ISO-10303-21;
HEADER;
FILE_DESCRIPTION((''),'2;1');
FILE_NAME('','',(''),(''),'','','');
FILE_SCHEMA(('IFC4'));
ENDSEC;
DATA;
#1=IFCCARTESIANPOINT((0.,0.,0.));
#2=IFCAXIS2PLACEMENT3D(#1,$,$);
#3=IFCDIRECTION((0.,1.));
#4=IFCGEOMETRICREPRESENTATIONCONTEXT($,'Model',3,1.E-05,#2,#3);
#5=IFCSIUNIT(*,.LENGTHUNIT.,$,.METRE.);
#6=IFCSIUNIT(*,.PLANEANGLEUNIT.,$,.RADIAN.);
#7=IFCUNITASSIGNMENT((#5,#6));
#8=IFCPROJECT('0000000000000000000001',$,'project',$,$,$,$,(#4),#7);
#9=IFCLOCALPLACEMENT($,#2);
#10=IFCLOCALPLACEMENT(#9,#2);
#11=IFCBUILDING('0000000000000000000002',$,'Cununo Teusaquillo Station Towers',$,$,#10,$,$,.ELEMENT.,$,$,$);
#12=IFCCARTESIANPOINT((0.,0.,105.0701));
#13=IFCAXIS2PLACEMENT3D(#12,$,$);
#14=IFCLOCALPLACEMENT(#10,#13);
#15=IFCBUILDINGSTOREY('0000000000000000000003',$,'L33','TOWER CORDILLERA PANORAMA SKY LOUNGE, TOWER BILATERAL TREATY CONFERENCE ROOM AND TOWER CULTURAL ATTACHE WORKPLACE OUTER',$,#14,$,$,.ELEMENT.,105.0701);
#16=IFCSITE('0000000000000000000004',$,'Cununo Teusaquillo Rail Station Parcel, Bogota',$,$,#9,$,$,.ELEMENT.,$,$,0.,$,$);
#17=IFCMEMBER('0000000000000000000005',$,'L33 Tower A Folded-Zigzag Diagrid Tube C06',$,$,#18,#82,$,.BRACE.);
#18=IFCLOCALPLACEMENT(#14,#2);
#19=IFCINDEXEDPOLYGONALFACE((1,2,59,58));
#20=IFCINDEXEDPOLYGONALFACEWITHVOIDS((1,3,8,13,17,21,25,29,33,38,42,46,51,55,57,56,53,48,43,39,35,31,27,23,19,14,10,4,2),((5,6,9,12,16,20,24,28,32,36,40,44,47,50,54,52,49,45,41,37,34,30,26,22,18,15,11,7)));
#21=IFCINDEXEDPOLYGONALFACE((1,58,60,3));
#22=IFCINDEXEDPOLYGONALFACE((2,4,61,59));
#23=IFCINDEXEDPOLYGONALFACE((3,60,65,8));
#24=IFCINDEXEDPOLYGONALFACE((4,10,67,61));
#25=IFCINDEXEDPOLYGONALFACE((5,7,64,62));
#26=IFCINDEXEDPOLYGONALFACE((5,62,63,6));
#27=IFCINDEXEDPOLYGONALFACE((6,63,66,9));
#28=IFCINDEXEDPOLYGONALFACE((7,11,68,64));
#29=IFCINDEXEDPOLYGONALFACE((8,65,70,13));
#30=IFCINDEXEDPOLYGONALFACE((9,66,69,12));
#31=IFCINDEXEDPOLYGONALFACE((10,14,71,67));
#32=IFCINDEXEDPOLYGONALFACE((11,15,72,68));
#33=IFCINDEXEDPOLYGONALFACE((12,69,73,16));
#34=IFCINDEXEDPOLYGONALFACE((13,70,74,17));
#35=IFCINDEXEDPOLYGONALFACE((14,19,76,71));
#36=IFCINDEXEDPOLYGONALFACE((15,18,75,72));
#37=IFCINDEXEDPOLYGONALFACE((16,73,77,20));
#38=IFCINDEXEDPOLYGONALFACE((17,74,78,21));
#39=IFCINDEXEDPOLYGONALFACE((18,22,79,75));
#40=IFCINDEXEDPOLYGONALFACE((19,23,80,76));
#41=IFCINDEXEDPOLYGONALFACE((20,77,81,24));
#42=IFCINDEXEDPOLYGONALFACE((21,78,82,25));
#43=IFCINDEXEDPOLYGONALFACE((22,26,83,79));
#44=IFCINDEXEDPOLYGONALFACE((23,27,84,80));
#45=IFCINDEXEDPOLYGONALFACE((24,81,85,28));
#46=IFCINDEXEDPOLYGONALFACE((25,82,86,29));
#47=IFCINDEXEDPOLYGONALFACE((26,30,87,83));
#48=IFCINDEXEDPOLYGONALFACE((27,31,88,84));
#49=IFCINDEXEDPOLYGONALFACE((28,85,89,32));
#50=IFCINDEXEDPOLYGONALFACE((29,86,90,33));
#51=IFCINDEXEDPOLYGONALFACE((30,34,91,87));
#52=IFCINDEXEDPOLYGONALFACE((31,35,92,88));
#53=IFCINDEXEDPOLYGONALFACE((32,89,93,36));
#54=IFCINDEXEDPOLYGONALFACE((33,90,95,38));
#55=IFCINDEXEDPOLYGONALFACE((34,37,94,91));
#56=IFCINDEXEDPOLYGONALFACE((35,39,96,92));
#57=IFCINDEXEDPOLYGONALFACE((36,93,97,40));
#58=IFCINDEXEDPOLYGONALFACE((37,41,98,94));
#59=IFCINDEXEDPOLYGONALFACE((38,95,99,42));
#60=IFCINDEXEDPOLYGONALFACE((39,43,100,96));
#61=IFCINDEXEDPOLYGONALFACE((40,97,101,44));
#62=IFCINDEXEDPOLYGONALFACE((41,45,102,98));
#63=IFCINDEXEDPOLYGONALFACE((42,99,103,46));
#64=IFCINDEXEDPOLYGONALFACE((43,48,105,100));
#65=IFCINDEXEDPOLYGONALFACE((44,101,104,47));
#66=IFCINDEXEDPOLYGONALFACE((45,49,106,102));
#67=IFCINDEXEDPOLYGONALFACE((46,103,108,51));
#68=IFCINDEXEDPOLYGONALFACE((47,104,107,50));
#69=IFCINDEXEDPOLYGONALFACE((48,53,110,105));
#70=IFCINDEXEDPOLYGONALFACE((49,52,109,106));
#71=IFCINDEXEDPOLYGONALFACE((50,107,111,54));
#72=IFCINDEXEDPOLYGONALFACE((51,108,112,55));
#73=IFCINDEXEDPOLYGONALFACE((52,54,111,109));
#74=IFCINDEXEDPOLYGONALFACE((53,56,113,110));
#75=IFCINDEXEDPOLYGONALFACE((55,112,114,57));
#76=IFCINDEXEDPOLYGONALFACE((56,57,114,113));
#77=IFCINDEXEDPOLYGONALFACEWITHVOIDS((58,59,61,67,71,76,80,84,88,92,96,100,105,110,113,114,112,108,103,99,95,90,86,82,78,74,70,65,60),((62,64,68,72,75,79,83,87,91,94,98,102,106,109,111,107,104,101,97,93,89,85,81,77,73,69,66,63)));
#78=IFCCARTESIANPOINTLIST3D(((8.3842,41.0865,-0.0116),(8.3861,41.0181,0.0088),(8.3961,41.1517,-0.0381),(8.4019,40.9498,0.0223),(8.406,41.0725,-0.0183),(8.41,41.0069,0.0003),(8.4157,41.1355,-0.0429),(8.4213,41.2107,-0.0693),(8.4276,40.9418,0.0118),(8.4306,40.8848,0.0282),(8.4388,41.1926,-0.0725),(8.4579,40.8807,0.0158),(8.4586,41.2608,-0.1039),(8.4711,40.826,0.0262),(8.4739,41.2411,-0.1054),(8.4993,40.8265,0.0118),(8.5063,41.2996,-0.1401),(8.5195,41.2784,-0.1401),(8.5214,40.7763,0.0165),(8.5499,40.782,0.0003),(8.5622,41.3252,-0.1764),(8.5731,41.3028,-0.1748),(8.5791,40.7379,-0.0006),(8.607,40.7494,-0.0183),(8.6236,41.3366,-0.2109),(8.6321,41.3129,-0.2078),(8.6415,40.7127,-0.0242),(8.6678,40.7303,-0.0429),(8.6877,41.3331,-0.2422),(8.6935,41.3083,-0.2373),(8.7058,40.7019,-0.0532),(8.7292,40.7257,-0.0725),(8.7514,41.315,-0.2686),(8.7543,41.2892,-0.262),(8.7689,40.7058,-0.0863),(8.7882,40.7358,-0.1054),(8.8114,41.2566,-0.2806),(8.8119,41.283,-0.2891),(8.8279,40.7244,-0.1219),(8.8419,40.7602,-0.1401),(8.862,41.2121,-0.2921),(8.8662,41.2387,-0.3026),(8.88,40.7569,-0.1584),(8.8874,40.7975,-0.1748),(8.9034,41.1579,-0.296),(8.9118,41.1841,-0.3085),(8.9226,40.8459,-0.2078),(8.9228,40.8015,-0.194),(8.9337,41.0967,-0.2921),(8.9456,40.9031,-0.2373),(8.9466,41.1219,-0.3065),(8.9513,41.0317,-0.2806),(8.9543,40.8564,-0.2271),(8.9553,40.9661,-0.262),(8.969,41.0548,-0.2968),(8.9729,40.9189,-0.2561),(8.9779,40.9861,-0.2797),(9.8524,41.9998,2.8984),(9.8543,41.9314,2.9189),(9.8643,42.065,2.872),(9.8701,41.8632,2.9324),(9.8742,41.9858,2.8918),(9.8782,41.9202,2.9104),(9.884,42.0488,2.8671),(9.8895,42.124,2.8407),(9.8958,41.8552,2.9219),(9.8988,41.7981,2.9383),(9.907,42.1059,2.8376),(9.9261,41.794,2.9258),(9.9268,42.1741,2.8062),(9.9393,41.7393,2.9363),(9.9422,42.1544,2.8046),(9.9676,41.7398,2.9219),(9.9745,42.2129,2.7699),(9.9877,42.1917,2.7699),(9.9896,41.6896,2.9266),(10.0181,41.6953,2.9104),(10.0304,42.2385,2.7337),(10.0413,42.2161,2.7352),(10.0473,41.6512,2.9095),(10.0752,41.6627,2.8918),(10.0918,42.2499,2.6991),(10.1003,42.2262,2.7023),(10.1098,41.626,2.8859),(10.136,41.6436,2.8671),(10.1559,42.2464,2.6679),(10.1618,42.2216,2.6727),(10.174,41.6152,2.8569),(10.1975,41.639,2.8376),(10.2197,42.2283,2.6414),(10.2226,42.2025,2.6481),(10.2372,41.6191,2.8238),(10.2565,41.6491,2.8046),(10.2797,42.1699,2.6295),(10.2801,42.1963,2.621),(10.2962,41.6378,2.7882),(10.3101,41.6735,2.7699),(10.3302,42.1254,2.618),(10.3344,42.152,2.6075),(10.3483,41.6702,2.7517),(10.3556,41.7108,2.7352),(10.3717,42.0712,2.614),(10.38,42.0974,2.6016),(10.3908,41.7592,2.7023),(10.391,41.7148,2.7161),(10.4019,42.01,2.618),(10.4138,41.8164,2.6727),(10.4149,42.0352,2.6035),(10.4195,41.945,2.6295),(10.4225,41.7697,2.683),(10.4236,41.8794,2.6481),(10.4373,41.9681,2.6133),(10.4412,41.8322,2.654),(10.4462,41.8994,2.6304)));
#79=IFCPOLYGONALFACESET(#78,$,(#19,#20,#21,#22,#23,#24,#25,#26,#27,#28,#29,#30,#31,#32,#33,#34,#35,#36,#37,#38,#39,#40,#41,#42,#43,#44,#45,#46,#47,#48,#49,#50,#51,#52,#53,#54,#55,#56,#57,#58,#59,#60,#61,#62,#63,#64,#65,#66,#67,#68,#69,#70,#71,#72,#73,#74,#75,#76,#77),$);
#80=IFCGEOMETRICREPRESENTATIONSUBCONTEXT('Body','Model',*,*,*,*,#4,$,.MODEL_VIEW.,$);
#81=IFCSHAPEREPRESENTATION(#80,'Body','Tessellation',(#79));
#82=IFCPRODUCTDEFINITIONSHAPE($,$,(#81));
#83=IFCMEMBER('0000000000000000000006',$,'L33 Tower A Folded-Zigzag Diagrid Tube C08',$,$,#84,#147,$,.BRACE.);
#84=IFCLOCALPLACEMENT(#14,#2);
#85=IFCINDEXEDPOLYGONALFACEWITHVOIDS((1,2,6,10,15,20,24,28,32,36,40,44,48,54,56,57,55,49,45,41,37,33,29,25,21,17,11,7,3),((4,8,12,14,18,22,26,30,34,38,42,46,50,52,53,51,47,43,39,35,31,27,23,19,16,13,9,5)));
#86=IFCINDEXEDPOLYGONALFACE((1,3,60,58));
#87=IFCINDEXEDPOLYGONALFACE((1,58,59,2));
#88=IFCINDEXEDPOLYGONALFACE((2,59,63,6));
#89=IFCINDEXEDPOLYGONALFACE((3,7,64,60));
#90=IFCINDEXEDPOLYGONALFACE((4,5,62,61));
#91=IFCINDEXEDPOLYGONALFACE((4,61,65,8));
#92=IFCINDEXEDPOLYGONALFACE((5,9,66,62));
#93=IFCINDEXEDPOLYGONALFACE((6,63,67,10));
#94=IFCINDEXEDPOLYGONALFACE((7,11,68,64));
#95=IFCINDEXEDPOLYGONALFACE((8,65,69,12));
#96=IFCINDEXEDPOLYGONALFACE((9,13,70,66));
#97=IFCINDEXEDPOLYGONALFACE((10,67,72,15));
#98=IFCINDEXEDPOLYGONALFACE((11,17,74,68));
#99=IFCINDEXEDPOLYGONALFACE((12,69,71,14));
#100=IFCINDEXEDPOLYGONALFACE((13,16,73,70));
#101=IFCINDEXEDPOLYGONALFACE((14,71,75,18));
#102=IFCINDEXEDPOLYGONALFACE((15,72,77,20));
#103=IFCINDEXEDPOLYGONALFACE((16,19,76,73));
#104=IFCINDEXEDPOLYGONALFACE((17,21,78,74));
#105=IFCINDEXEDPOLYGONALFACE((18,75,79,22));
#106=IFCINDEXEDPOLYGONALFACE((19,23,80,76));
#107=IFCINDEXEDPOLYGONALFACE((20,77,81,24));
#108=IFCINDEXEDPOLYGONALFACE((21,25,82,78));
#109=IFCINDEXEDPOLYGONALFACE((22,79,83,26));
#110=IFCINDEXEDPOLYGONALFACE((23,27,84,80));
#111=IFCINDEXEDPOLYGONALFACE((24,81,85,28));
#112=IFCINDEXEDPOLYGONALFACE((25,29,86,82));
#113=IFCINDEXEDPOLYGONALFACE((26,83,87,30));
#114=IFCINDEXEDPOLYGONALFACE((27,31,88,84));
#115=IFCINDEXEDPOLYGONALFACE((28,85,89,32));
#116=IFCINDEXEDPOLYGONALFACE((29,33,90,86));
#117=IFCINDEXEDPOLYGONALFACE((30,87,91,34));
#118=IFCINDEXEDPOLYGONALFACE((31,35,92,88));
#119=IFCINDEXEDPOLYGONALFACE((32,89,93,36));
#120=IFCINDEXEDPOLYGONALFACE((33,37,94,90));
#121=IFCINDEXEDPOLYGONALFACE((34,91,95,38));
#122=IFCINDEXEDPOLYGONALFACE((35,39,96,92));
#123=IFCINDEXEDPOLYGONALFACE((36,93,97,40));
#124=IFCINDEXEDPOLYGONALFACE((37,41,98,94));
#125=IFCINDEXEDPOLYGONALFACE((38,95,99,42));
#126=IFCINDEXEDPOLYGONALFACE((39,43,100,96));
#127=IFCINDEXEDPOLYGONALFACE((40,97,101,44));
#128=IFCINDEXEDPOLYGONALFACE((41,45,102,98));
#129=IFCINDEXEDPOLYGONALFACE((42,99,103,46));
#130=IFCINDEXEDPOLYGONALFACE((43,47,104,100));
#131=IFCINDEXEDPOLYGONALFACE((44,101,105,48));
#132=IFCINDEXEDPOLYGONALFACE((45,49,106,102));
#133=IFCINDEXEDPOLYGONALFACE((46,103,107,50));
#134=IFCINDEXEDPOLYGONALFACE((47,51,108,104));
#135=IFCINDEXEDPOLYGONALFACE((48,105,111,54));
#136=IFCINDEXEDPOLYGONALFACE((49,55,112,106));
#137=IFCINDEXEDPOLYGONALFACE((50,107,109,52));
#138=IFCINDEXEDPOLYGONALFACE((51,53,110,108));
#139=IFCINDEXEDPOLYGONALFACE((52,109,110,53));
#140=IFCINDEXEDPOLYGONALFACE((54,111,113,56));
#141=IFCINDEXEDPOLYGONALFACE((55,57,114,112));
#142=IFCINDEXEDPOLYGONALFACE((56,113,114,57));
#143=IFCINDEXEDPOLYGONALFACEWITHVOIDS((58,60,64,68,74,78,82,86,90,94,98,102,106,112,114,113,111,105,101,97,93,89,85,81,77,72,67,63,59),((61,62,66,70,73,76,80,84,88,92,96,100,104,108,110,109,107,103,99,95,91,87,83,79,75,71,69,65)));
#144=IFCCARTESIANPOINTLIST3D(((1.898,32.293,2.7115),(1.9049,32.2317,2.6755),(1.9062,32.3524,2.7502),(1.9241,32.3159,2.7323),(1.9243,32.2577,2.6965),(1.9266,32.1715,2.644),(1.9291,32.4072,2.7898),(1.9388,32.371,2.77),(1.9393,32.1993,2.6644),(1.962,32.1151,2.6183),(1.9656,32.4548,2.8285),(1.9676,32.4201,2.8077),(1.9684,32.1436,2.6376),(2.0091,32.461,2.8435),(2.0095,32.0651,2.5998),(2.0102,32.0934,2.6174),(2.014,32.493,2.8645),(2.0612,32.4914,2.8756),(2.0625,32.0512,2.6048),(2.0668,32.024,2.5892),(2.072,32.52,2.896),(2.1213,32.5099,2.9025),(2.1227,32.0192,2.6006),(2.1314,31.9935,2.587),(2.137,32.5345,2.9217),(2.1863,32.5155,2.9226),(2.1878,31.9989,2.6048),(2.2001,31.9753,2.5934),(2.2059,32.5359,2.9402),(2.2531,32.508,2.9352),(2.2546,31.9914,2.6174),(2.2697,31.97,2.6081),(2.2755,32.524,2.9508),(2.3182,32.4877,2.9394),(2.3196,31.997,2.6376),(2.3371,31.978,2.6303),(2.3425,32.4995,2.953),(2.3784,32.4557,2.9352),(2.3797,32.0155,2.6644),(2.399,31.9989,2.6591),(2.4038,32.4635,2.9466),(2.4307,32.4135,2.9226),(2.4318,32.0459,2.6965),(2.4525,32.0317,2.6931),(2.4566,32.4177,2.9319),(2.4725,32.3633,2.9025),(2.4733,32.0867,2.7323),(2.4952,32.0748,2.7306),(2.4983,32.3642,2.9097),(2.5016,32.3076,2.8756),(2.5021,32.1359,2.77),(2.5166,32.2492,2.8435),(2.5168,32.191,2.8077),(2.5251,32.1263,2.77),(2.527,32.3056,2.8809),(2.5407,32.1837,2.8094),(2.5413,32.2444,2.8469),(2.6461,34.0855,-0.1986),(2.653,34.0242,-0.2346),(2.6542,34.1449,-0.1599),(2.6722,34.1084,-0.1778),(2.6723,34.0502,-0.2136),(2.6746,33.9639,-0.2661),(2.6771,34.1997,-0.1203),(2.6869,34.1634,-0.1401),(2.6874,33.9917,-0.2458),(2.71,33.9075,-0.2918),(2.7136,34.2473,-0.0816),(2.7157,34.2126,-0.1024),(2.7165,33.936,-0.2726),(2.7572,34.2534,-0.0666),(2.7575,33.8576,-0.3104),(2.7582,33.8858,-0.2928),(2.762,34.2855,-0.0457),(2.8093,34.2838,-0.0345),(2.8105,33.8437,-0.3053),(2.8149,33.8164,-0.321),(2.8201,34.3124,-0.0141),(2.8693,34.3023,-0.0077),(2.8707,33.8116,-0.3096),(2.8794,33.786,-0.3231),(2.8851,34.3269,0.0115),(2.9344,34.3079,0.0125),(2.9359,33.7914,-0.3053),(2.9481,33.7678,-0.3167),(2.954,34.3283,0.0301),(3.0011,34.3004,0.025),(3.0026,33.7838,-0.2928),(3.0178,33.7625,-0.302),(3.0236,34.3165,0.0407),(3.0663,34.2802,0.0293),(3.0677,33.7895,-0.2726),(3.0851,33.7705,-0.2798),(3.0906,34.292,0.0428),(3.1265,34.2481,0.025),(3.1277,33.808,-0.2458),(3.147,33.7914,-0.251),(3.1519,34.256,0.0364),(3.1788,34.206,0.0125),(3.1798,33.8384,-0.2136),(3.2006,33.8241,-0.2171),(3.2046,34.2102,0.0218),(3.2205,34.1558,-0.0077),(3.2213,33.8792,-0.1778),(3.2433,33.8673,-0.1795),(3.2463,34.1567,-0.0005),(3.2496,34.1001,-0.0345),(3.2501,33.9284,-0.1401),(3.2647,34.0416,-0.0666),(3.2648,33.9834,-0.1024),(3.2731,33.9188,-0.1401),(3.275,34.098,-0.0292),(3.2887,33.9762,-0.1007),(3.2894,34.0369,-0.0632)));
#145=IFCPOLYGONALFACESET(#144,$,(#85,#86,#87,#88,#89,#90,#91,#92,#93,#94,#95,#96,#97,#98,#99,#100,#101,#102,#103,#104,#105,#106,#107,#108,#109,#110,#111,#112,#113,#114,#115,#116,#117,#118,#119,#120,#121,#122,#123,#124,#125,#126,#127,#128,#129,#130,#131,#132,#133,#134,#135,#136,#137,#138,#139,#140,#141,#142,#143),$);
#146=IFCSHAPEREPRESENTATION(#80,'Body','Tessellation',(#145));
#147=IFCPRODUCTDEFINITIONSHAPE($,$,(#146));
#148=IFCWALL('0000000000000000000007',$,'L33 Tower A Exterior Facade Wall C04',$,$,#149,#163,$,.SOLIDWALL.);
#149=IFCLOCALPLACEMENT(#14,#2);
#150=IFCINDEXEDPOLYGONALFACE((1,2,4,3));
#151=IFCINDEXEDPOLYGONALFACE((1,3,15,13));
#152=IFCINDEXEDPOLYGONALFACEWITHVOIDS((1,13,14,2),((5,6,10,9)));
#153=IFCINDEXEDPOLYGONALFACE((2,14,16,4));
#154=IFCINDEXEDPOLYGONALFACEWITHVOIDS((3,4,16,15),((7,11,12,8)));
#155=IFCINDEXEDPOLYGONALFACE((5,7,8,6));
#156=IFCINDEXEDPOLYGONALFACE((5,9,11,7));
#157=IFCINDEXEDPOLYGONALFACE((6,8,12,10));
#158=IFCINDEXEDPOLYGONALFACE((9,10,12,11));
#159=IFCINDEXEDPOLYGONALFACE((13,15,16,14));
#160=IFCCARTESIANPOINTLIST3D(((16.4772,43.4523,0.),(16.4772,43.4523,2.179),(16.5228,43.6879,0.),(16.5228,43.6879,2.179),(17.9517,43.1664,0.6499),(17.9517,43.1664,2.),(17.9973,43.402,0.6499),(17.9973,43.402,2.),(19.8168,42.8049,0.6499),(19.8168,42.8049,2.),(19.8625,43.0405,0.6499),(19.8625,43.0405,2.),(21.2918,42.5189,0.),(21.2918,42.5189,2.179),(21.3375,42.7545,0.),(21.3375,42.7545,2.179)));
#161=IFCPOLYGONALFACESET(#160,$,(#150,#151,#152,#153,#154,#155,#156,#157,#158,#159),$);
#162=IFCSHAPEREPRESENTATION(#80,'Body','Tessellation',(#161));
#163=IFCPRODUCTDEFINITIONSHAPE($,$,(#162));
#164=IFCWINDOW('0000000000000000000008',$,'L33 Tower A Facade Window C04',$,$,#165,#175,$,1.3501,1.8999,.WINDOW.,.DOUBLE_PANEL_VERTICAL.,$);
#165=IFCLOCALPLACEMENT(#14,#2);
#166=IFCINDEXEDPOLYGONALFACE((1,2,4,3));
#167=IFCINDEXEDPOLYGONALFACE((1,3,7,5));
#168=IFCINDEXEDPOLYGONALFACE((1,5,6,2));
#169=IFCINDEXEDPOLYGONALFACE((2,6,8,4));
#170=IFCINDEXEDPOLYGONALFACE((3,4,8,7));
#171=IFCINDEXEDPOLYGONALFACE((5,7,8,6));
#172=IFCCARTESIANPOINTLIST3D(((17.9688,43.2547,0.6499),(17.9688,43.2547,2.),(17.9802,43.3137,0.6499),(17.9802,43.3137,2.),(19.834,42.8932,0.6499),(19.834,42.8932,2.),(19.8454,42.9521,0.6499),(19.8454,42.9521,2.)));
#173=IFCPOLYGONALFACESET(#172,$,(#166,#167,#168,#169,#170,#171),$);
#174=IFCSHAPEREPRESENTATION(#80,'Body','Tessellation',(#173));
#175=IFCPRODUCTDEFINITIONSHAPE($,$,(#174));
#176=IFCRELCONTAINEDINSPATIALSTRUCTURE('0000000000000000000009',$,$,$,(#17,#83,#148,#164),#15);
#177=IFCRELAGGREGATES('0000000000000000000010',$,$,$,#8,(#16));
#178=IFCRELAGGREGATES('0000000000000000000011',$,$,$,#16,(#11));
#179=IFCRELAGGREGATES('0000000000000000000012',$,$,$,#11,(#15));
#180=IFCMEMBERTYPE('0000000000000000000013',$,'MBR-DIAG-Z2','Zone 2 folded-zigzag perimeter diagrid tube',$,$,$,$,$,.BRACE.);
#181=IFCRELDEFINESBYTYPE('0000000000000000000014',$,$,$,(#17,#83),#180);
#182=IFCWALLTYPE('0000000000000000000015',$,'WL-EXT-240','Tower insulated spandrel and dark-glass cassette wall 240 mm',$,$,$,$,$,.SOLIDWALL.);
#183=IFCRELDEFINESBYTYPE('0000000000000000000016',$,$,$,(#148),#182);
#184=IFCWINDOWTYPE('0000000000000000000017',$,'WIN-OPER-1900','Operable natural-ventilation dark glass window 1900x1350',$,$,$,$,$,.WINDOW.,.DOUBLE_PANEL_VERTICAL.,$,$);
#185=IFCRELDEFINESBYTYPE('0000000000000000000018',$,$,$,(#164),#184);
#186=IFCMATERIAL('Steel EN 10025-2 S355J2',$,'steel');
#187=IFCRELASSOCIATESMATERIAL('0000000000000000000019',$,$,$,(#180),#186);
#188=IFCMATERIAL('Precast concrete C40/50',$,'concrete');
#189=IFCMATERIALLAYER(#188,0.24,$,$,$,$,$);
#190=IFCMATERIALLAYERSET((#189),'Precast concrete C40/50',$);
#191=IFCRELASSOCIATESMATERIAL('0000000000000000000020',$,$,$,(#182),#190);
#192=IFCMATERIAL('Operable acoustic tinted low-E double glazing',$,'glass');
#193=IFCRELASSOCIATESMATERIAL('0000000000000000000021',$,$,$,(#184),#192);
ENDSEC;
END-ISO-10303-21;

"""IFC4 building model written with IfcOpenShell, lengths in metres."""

from ifc_helpers import new_model, si_unit, direction, frame, frame_2d, origin, origin_2d, place, context, subcontext, project, spatial, rectangle, hollow_circle, extrude, source, transform, mapped, material, layer, layer_set, material_profile, profile_set, type_object, element, fill, save


model = new_model("IFC4")

# Units and contexts
model_context = context("Model", 3, precision=1e-05, world=origin(), true_north=direction((0.0, 1.0)))
body_context = subcontext(model_context, "Body", "Model", "MODEL_VIEW")
ifc_project = project(units=[si_unit("LENGTHUNIT", "METRE"), si_unit("PLANEANGLEUNIT", "RADIAN")], contexts=[model_context])

# Site, building, storey
site_placement = place(None, origin())
site = spatial("IfcSite", under=ifc_project, at=site_placement, Name="Cununo Teusaquillo Rail Station Parcel, Bogota", CompositionType="ELEMENT", RefElevation=0.0)
building_placement = place(site_placement, origin())
building = spatial("IfcBuilding", under=site, at=building_placement, Name="Cununo Teusaquillo Station Towers", CompositionType="ELEMENT")
storey_placement = place(building_placement, frame((0.0, 0.0, 105.0701)))
storey = spatial("IfcBuildingStorey", under=building, at=storey_placement, Name="L33", Description="TOWER CORDILLERA PANORAMA SKY LOUNGE, TOWER BILATERAL TREATY CONFERENCE ROOM AND TOWER CULTURAL ATTACHE WORKPLACE OUTER", CompositionType="ELEMENT", Elevation=105.0701)

# Members
ifc_material_1 = material(Name="Steel EN 10025-2 S355J2", Category="steel")
ifc_material_profile_1 = material_profile(ifc_material_1, hollow_circle(Radius=0.3301, WallThickness=0.0249, at=origin_2d()), Name="CHS 660x25")
ifc_profile_set_1 = profile_set([ifc_material_profile_1], Name="Steel EN 10025-2 S355J2")
member_type = type_object("IfcMemberType", Name="MBR-DIAG-Z2", Description="Zone 2 folded-zigzag perimeter diagrid tube", PredefinedType="BRACE", material=ifc_profile_set_1)
member_1_placement = place(storey_placement, frame((8.6807, 41.0193, -0.1401), z_axis=(0.433741, 0.269808, 0.859693), x_axis=(-0.528196, 0.849123, 0.0)))
element("IfcMember", 1, at=member_1_placement, inside=storey, type_object=member_type, Name="L33 Tower A Folded-Zigzag Diagrid Tube C06", PredefinedType="BRACE", context=body_context, shape_type="SweptSolid", body=[
    extrude(hollow_circle(Radius=0.3301, WallThickness=0.0249, at=origin_2d()), origin(), (0.0, 0.0, 1.0), 3.385),
])
member_2_placement = place(storey_placement, frame((2.9685, 34.0459, -0.1401), z_axis=(-0.213801, -0.512314, 0.831759), x_axis=(0.922861, -0.385133, 0.0)))
element("IfcMember", 2, at=member_2_placement, inside=storey, type_object=member_type, Name="L33 Tower A Folded-Zigzag Diagrid Tube C08", PredefinedType="BRACE", context=body_context, shape_type="SweptSolid", body=[
    extrude(hollow_circle(Radius=0.3301, WallThickness=0.0249, at=origin_2d()), origin(), (0.0, 0.0, 1.0), 3.4988),
])

# Wall, opening, window
ifc_material_2 = material(Name="Precast concrete C40/50", Category="concrete")
ifc_layer_1 = layer(ifc_material_2, 0.24)
ifc_layer_set_1 = layer_set([ifc_layer_1], Name="Precast concrete C40/50")
wall_type_1 = type_object("IfcWallType", Name="WL-EXT-240", Description="Tower insulated spandrel and dark-glass cassette wall 240 mm", PredefinedType="SOLIDWALL", material=ifc_layer_set_1)
wall_1_placement = place(storey_placement, frame((16.5, 43.5701, 0.0), z_axis=(0.0, 0.0, 1.0), x_axis=(0.981724, -0.190311, 0.0)))
wall_1 = element("IfcWall", 3, at=wall_1_placement, inside=storey, type_object=wall_type_1, Name="L33 Tower A Exterior Facade Wall C04", PredefinedType="SOLIDWALL", context=body_context, shape_type="SweptSolid", body=[
    extrude(rectangle(XDim=4.9043, YDim=0.24, at=frame_2d((2.4521, 0.0))), origin(), (0.0, 0.0, 1.0), 2.179),
])
shared_shape_1 = source(origin(), body_context, "Body", "SweptSolid", [
    extrude(rectangle(XDim=1.8999, YDim=1.3501, at=frame_2d((0.95, 0.675))), frame((0.0, 0.1299, 0.0), z_axis=(0.0, -1.0, 0.0), x_axis=(1.0, 0.0, 0.0)), (0.0, 0.0, 1.0), 0.26),
])
opening_1_placement = place(wall_1_placement, frame((1.502, 0.0, 0.6499)))
opening_1 = element("IfcOpeningElement", 4, at=opening_1_placement, cuts=wall_1, PredefinedType="OPENING", context=body_context, shape_type="MappedRepresentation", body=[
    mapped(shared_shape_1, transform((0.0, 0.0, 0.0), x_axis=(1.0, 0.0, 0.0), y_axis=(0.0, 1.0, 0.0), z_axis=(0.0, 0.0, 1.0), scale=1.0)),
])
ifc_material_3 = material(Name="Operable acoustic tinted low-E double glazing", Category="glass")
window_type = type_object("IfcWindowType", Name="WIN-OPER-1900", Description="Operable natural-ventilation dark glass window 1900x1350", PartitioningType="DOUBLE_PANEL_VERTICAL", PredefinedType="WINDOW", material=ifc_material_3)
shared_shape_2 = source(origin(), body_context, "Body", "SweptSolid", [
    extrude(rectangle(XDim=1.8999, YDim=1.3501, at=frame_2d((0.95, 0.675))), frame((0.0, 0.03, 0.0), z_axis=(0.0, -1.0, 0.0), x_axis=(1.0, 0.0, 0.0)), (0.0, 0.0, 1.0), 0.0601),
])
window_1_placement = place(opening_1_placement, origin())
window_1 = element("IfcWindow", 5, at=window_1_placement, inside=storey, type_object=window_type, Name="L33 Tower A Facade Window C04", OverallHeight=1.3501, OverallWidth=1.8999, PartitioningType="DOUBLE_PANEL_VERTICAL", PredefinedType="WINDOW", context=body_context, shape_type="MappedRepresentation", body=[
    mapped(shared_shape_2, transform((0.0, 0.0, 0.0), x_axis=(1.0, 0.0, 0.0), y_axis=(0.0, 1.0, 0.0), z_axis=(0.0, 0.0, 1.0), scale=1.0)),
])
fill(opening_1, window_1)

save(model, "model.ifc")
